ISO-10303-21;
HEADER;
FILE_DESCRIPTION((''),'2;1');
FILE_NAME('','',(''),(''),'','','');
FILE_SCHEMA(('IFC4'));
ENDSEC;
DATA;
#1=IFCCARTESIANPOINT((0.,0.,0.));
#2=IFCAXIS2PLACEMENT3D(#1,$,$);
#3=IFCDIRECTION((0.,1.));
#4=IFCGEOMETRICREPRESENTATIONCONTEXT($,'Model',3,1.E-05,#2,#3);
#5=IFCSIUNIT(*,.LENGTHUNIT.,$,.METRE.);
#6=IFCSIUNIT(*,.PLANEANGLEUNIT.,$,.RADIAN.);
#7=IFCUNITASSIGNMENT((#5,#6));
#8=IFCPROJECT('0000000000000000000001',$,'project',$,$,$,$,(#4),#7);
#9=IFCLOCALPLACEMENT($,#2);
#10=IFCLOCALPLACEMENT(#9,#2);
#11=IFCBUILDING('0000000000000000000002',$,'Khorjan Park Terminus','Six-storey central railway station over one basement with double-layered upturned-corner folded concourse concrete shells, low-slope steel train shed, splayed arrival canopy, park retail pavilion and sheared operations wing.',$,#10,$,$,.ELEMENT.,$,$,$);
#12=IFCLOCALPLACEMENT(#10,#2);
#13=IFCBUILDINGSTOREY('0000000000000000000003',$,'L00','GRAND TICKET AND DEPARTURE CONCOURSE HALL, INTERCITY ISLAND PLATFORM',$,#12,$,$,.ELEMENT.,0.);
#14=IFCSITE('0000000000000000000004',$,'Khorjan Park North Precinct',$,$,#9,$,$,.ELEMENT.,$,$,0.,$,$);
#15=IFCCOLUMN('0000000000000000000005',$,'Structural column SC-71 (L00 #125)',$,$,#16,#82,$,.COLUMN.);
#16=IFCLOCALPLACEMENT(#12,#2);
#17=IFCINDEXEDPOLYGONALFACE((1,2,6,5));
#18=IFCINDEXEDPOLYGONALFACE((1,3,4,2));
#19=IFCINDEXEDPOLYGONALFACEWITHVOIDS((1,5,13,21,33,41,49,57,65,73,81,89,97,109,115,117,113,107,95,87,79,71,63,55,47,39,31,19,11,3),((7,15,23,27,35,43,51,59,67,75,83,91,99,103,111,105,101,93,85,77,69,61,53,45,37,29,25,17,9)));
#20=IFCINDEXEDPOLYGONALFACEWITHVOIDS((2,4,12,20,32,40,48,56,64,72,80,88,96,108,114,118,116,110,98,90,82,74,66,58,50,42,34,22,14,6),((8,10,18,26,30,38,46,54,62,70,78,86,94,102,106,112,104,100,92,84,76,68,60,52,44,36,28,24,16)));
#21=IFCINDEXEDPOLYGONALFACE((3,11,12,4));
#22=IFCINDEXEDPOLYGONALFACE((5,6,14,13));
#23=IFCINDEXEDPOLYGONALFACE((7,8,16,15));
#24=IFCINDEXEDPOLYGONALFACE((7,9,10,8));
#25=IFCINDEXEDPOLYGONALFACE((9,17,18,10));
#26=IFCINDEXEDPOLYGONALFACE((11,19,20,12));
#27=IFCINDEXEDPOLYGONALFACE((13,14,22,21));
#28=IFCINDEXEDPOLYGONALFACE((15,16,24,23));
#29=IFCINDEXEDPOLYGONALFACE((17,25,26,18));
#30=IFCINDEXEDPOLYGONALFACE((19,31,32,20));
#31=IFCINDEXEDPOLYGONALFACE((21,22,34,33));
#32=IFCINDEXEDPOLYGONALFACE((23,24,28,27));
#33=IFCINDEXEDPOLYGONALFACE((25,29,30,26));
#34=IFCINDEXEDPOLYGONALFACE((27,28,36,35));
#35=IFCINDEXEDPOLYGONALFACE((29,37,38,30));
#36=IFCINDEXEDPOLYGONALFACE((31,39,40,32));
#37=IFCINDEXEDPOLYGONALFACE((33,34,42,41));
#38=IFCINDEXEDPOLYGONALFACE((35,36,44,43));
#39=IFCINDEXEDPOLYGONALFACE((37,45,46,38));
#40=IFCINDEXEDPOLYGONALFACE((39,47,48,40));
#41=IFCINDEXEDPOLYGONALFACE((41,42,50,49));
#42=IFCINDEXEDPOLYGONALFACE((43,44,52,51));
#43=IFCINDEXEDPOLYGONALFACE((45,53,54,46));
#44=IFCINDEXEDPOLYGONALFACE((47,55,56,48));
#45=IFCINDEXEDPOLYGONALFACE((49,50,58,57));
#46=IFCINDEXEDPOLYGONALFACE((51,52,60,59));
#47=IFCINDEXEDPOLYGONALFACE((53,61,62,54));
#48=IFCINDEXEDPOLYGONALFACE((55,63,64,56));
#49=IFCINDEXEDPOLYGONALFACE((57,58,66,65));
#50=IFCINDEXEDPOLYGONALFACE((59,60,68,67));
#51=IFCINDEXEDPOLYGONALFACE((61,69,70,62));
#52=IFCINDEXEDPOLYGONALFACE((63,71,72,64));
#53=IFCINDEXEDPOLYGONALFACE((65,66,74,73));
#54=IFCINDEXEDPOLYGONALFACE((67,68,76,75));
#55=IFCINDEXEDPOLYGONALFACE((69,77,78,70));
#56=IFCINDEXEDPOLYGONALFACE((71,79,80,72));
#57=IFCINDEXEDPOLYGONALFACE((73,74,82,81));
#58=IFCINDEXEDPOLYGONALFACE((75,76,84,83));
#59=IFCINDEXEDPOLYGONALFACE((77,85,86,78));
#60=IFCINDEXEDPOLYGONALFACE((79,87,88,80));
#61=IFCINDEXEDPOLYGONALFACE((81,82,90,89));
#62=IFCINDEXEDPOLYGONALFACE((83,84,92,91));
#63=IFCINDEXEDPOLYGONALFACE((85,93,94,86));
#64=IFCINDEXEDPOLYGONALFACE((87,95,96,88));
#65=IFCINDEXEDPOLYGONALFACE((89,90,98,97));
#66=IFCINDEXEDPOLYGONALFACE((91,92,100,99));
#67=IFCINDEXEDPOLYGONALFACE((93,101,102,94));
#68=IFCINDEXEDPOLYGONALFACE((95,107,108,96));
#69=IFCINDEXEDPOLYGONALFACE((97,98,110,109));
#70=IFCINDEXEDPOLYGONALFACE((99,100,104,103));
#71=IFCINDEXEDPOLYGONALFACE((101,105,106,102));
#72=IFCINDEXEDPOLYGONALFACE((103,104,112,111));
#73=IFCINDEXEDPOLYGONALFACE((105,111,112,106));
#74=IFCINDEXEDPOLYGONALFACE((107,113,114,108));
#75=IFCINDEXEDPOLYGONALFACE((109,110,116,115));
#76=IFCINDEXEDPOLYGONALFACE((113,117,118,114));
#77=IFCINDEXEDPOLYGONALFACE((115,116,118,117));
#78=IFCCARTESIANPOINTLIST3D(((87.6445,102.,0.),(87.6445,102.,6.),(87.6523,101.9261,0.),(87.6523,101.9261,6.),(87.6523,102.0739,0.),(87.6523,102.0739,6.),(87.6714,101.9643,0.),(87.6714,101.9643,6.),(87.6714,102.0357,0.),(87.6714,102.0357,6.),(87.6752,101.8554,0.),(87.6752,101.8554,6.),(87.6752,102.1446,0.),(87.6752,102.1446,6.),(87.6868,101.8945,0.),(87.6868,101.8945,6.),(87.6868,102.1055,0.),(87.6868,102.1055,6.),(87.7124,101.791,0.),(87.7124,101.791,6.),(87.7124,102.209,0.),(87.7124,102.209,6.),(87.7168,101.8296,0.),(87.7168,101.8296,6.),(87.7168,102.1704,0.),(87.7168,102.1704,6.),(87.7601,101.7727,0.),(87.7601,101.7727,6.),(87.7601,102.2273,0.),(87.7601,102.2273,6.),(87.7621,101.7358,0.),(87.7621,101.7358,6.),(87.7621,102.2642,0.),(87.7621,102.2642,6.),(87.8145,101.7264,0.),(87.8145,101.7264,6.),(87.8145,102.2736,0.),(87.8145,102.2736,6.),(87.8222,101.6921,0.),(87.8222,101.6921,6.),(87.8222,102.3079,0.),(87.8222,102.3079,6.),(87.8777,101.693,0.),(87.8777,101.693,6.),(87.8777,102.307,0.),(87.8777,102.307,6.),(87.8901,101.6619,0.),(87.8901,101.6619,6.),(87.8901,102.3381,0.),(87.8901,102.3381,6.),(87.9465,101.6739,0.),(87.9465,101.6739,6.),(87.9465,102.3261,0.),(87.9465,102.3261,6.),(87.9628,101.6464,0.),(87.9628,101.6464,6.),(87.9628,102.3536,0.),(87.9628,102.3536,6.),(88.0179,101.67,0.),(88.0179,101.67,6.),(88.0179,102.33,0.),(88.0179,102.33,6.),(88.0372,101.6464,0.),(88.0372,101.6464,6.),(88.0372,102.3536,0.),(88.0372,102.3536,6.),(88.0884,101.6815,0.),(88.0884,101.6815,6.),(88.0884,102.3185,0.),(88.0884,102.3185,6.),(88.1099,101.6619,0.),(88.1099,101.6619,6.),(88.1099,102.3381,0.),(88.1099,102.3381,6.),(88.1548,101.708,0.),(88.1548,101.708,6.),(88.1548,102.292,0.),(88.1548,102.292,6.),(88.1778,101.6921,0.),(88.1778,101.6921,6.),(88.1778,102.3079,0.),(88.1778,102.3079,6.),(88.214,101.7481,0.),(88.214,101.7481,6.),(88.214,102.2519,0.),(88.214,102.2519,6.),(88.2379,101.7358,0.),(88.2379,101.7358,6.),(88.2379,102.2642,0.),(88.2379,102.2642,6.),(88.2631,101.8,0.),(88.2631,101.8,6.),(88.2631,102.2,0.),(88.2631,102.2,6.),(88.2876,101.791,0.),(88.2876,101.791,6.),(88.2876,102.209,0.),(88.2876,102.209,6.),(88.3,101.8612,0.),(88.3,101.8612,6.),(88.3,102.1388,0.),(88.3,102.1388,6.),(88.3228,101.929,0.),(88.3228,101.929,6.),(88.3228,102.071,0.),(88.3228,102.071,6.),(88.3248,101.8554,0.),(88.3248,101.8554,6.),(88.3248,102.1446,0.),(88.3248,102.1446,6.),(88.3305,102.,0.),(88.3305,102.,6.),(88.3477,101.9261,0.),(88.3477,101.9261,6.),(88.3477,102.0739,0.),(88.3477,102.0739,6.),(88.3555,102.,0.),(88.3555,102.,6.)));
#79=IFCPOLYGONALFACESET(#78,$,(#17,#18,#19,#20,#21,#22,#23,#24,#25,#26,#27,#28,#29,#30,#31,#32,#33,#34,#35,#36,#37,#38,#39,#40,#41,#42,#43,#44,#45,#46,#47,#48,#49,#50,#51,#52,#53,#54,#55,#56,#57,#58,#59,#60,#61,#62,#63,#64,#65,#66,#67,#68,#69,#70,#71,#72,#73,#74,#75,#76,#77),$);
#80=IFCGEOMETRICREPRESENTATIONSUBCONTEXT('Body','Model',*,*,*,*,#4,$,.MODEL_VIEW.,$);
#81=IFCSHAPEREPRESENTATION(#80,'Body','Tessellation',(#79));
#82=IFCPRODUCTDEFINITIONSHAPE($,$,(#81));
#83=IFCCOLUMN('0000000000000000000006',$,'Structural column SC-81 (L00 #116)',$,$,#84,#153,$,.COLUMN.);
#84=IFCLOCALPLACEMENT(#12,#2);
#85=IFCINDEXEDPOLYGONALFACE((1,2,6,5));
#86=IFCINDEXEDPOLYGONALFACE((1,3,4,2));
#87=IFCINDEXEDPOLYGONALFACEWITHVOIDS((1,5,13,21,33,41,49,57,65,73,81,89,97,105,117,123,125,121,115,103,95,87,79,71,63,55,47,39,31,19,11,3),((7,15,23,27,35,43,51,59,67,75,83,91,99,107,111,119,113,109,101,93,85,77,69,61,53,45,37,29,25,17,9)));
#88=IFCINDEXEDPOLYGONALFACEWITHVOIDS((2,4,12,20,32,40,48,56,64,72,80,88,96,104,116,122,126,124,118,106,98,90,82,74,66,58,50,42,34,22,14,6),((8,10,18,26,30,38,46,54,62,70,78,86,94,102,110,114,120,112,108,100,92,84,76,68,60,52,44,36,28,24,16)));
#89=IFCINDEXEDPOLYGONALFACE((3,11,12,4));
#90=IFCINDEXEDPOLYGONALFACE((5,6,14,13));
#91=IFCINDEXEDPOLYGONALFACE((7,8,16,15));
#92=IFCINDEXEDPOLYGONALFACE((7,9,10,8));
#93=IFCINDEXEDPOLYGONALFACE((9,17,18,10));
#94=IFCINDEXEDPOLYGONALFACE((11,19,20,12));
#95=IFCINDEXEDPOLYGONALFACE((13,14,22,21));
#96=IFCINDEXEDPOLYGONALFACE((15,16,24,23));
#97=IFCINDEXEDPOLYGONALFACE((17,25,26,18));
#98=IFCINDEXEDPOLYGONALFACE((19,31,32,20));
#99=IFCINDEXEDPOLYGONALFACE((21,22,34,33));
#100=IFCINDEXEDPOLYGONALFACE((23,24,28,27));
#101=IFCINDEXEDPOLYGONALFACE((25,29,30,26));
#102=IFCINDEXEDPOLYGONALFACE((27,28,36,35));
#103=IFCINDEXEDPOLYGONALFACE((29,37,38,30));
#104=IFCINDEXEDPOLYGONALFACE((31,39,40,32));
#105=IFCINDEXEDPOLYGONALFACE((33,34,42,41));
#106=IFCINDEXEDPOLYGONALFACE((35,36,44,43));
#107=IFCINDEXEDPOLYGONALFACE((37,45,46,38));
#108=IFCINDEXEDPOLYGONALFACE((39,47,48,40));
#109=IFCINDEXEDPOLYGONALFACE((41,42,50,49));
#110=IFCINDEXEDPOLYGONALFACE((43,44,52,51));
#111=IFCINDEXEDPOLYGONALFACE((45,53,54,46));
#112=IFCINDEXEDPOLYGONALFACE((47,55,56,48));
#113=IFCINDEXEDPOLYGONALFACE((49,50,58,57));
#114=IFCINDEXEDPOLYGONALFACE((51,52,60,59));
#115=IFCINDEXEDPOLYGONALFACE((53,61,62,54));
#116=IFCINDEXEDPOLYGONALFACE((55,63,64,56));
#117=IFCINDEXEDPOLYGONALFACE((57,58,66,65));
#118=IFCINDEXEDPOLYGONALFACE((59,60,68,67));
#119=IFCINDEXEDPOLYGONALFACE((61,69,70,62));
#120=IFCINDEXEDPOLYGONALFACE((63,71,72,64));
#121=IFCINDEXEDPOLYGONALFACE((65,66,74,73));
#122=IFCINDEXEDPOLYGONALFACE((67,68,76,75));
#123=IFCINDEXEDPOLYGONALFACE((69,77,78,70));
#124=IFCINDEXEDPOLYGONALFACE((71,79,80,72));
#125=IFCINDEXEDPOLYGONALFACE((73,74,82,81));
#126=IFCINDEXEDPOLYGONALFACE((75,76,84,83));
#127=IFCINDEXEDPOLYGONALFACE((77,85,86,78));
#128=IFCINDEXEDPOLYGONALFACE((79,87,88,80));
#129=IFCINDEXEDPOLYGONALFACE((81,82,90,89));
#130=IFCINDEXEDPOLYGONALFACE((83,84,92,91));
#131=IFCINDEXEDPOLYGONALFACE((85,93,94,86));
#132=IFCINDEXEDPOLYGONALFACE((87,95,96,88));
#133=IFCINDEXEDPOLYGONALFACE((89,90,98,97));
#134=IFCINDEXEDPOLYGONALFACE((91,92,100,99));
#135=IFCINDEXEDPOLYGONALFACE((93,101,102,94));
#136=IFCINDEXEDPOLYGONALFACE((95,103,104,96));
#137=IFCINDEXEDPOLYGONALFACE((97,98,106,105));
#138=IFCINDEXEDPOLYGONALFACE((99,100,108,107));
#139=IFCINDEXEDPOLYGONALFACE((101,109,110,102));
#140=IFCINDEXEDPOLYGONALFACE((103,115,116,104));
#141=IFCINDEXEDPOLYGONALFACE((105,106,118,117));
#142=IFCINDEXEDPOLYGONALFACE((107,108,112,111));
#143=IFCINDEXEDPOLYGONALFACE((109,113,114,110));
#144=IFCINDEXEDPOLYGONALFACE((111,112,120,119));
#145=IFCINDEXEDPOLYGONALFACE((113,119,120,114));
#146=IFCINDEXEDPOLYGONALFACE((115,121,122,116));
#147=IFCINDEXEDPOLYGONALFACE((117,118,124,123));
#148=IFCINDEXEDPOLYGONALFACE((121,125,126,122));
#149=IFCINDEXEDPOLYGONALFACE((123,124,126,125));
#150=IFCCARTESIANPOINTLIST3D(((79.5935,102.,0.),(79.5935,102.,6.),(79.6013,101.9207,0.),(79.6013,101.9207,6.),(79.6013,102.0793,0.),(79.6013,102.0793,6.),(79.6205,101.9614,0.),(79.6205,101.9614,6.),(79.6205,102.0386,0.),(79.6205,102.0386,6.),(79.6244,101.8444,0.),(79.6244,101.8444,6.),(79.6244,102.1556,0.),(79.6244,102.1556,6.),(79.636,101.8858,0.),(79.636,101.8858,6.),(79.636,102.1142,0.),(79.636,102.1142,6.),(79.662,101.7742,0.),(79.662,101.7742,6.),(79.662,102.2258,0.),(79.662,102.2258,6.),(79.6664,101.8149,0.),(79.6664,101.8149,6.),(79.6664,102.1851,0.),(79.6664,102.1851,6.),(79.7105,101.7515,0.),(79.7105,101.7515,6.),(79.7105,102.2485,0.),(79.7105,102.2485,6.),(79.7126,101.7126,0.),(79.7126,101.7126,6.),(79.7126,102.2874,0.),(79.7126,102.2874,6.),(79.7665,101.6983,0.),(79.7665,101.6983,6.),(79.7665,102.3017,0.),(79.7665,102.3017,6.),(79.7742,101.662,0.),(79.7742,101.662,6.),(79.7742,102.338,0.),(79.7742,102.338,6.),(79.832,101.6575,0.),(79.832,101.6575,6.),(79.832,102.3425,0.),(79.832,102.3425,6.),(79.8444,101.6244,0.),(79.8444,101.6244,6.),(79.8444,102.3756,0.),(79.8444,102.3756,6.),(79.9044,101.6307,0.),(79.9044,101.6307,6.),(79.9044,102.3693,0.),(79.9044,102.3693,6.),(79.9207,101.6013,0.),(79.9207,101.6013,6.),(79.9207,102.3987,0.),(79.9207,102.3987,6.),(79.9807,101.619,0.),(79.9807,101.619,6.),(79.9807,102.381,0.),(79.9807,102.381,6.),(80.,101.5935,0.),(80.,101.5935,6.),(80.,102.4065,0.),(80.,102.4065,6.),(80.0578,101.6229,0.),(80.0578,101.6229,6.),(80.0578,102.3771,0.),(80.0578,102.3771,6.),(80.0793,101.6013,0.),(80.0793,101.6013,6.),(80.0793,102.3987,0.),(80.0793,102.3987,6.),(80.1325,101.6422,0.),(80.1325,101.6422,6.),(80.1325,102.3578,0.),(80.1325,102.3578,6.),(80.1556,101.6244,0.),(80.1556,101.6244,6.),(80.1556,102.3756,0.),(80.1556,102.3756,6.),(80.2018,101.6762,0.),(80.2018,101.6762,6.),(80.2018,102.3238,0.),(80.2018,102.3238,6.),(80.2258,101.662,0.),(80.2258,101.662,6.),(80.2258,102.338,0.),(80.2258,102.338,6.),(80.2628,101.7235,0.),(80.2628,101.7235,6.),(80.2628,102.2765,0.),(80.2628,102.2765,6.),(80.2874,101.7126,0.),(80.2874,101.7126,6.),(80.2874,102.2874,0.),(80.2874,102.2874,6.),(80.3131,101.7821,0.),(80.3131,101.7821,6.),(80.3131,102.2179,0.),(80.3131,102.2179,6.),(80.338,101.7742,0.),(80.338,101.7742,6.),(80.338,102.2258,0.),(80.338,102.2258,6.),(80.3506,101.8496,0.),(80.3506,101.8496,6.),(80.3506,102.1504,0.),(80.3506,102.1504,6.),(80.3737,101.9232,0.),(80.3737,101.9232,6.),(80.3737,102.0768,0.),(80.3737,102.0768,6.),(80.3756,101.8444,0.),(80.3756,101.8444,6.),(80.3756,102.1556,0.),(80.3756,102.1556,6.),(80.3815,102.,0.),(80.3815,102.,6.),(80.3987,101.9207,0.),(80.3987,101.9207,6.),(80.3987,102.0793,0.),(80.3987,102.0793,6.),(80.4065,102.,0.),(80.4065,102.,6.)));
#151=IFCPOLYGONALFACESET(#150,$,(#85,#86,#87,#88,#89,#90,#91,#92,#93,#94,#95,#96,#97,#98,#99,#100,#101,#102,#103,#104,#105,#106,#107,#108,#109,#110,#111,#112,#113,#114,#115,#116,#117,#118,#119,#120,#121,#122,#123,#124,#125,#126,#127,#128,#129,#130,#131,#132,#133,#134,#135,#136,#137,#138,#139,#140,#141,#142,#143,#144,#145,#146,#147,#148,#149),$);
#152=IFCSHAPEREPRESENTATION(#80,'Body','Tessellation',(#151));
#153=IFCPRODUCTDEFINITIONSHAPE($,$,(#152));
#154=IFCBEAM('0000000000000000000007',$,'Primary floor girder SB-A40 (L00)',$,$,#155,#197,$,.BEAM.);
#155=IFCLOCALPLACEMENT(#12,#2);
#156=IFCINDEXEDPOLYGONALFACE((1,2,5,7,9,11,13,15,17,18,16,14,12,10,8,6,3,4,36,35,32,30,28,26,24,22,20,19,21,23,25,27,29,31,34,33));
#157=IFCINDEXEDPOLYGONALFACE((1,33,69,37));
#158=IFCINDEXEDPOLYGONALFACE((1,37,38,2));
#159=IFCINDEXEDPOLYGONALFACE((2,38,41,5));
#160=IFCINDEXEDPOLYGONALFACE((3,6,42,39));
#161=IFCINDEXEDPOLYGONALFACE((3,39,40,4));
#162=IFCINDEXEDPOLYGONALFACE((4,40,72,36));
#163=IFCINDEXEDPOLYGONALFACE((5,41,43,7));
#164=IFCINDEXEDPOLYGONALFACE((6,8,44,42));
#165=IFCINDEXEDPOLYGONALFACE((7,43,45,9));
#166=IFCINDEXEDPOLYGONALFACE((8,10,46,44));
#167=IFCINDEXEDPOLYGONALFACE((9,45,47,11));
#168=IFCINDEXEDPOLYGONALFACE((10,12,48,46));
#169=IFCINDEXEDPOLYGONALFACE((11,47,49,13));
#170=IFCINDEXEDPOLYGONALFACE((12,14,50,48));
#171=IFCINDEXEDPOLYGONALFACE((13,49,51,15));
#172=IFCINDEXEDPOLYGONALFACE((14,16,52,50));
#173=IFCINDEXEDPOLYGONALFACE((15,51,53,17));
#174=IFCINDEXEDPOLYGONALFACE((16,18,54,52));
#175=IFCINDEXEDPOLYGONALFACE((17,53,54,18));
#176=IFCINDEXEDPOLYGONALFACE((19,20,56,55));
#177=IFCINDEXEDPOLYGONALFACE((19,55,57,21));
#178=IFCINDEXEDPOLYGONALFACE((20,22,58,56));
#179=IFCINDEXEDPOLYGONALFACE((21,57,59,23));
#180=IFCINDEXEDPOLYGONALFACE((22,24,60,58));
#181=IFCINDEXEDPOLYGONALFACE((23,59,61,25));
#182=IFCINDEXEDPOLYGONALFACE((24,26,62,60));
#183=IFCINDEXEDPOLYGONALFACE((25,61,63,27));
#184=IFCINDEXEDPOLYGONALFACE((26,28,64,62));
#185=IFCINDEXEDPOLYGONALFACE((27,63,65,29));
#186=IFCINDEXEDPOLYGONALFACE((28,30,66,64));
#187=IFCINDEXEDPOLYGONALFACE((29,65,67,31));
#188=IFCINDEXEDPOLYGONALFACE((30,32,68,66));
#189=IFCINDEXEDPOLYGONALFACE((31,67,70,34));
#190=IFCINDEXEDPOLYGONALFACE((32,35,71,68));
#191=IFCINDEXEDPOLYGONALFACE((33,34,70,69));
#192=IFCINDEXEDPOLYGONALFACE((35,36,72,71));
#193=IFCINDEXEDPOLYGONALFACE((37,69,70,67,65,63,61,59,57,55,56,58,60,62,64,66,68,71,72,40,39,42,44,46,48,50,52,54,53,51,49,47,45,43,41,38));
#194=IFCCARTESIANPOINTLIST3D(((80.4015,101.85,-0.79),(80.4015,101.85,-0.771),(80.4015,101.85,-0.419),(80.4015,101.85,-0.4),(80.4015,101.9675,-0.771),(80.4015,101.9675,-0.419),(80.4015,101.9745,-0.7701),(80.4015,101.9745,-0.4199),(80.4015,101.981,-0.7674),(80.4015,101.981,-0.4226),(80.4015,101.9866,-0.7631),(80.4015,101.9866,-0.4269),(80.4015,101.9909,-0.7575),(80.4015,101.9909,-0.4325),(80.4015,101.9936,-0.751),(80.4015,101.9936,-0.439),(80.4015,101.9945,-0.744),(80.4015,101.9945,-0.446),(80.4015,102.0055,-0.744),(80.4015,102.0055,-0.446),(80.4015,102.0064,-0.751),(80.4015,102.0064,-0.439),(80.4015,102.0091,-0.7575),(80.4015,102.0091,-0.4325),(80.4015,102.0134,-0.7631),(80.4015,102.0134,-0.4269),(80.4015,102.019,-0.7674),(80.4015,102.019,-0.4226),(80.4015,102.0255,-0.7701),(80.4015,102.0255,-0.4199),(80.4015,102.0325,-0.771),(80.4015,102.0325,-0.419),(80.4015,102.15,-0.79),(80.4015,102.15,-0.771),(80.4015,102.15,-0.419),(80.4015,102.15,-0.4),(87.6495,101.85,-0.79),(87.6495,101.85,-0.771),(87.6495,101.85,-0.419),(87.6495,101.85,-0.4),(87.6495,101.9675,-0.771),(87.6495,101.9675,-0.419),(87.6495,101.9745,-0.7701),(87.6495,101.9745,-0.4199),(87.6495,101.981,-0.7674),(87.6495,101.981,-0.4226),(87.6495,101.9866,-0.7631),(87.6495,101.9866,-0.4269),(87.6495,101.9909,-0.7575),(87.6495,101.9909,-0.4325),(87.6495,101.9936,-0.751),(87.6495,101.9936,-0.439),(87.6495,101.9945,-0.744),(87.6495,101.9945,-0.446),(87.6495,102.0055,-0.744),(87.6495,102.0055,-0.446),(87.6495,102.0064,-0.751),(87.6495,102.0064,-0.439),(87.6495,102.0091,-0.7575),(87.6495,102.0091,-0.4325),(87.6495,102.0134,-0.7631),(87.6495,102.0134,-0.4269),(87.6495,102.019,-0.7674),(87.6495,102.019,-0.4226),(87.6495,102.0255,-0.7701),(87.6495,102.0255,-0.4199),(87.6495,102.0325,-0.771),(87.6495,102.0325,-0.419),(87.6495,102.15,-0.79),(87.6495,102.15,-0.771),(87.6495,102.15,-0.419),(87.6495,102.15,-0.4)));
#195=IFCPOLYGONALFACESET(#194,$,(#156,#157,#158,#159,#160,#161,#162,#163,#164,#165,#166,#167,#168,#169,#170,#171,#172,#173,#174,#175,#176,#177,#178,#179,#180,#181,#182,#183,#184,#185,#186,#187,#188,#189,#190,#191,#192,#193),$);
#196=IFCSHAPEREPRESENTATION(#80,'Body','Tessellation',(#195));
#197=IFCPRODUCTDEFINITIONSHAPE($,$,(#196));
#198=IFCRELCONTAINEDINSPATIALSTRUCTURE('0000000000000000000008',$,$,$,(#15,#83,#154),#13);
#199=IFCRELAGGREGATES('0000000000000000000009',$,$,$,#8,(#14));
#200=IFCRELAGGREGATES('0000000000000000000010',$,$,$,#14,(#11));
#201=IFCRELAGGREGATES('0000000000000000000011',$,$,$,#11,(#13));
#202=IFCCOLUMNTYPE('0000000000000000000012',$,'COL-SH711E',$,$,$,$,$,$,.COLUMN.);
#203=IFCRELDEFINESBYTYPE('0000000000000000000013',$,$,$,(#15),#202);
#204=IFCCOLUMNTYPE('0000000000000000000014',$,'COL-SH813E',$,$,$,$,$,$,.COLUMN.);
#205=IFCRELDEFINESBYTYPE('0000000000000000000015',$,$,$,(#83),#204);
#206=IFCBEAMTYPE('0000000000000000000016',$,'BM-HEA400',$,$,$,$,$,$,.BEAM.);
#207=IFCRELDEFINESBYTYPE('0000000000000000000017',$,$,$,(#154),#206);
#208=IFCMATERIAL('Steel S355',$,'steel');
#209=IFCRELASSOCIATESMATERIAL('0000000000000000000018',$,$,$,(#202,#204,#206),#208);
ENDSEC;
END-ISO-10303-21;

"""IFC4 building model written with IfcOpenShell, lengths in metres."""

from ifc_helpers import new_model, si_unit, direction, frame, origin, origin_2d, place, context, subcontext, project, spatial, hollow_circle, i_section, extrude, material, material_profile, profile_set, type_object, element, save


model = new_model("IFC4")

# Units and contexts
model_context = context("Model", 3, precision=1e-05, world=origin(), true_north=direction((0.0, 1.0)))
body_context = subcontext(model_context, "Body", "Model", "MODEL_VIEW")
ifc_project = project(units=[si_unit("LENGTHUNIT", "METRE"), si_unit("PLANEANGLEUNIT", "RADIAN")], contexts=[model_context])

# Site, building, storey
site_placement = place(None, origin())
site = spatial("IfcSite", under=ifc_project, at=site_placement, Name="Khorjan Park North Precinct", CompositionType="ELEMENT", RefElevation=0.0)
building_placement = place(site_placement, origin())
building = spatial("IfcBuilding", under=site, at=building_placement, Name="Khorjan Park Terminus", Description="Six-storey central railway station over one basement with double-layered upturned-corner folded concourse concrete shells, low-slope steel train shed, splayed arrival canopy, park retail pavilion and sheared operations wing.", CompositionType="ELEMENT")
storey_placement = place(building_placement, origin())
storey = spatial("IfcBuildingStorey", under=building, at=storey_placement, Name="L00", Description="GRAND TICKET AND DEPARTURE CONCOURSE HALL, INTERCITY ISLAND PLATFORM", CompositionType="ELEMENT", Elevation=0.0)

# Columns
ifc_material_1 = material(Name="Steel S355", Category="steel")
ifc_material_profile_1 = material_profile(ifc_material_1, hollow_circle(Radius=0.3555, WallThickness=0.025, at=origin_2d()), Name="CHS 711x25")
ifc_profile_set_1 = profile_set([ifc_material_profile_1], Name="Steel S355")
column_type_1 = type_object("IfcColumnType", Name="COL-SH711E", PredefinedType="COLUMN", material=ifc_profile_set_1)
column_1_placement = place(storey_placement, frame((88.0, 102.0, 0.0), z_axis=(0.0, 0.0, 1.0), x_axis=(1.0, 0.0, 0.0)))
element("IfcColumn", 1, at=column_1_placement, inside=storey, type_object=column_type_1, Name="Structural column SC-71 (L00 #125)", PredefinedType="COLUMN", context=body_context, shape_type="SweptSolid", body=[
    extrude(hollow_circle(Radius=0.3555, WallThickness=0.025, at=origin_2d()), origin(), (0.0, 0.0, 1.0), 6.0),
])
ifc_material_profile_2 = material_profile(ifc_material_1, hollow_circle(Radius=0.4065, WallThickness=0.025, at=origin_2d()), Name="CHS 813x25")
ifc_profile_set_2 = profile_set([ifc_material_profile_2], Name="Steel S355")
column_type_2 = type_object("IfcColumnType", Name="COL-SH813E", PredefinedType="COLUMN", material=ifc_profile_set_2)
column_2_placement = place(storey_placement, frame((80.0, 102.0, 0.0), z_axis=(0.0, 0.0, 1.0), x_axis=(1.0, 0.0, 0.0)))
element("IfcColumn", 2, at=column_2_placement, inside=storey, type_object=column_type_2, Name="Structural column SC-81 (L00 #116)", PredefinedType="COLUMN", context=body_context, shape_type="SweptSolid", body=[
    extrude(hollow_circle(Radius=0.4065, WallThickness=0.025, at=origin_2d()), origin(), (0.0, 0.0, 1.0), 6.0),
])

# Beam
ifc_material_profile_3 = material_profile(ifc_material_1, i_section(OverallWidth=0.3, OverallDepth=0.39, WebThickness=0.011, FlangeThickness=0.019, FilletRadius=0.027, at=origin_2d()), Name="HEA 400")
ifc_profile_set_3 = profile_set([ifc_material_profile_3], Name="Steel S355")
beam_type_1 = type_object("IfcBeamType", Name="BM-HEA400", PredefinedType="BEAM", material=ifc_profile_set_3)
beam_1_placement = place(storey_placement, frame((80.4015, 102.0, -0.595), z_axis=(1.0, 0.0, 0.0), x_axis=(0.0, 1.0, 0.0)))
element("IfcBeam", 3, at=beam_1_placement, inside=storey, type_object=beam_type_1, Name="Primary floor girder SB-A40 (L00)", PredefinedType="BEAM", context=body_context, shape_type="SweptSolid", body=[
    extrude(i_section(OverallWidth=0.3, OverallDepth=0.39, WebThickness=0.011, FlangeThickness=0.019, FilletRadius=0.027, at=origin_2d()), origin(), (0.0, 0.0, 1.0), 7.248),
])

save(model, "model.ifc")
